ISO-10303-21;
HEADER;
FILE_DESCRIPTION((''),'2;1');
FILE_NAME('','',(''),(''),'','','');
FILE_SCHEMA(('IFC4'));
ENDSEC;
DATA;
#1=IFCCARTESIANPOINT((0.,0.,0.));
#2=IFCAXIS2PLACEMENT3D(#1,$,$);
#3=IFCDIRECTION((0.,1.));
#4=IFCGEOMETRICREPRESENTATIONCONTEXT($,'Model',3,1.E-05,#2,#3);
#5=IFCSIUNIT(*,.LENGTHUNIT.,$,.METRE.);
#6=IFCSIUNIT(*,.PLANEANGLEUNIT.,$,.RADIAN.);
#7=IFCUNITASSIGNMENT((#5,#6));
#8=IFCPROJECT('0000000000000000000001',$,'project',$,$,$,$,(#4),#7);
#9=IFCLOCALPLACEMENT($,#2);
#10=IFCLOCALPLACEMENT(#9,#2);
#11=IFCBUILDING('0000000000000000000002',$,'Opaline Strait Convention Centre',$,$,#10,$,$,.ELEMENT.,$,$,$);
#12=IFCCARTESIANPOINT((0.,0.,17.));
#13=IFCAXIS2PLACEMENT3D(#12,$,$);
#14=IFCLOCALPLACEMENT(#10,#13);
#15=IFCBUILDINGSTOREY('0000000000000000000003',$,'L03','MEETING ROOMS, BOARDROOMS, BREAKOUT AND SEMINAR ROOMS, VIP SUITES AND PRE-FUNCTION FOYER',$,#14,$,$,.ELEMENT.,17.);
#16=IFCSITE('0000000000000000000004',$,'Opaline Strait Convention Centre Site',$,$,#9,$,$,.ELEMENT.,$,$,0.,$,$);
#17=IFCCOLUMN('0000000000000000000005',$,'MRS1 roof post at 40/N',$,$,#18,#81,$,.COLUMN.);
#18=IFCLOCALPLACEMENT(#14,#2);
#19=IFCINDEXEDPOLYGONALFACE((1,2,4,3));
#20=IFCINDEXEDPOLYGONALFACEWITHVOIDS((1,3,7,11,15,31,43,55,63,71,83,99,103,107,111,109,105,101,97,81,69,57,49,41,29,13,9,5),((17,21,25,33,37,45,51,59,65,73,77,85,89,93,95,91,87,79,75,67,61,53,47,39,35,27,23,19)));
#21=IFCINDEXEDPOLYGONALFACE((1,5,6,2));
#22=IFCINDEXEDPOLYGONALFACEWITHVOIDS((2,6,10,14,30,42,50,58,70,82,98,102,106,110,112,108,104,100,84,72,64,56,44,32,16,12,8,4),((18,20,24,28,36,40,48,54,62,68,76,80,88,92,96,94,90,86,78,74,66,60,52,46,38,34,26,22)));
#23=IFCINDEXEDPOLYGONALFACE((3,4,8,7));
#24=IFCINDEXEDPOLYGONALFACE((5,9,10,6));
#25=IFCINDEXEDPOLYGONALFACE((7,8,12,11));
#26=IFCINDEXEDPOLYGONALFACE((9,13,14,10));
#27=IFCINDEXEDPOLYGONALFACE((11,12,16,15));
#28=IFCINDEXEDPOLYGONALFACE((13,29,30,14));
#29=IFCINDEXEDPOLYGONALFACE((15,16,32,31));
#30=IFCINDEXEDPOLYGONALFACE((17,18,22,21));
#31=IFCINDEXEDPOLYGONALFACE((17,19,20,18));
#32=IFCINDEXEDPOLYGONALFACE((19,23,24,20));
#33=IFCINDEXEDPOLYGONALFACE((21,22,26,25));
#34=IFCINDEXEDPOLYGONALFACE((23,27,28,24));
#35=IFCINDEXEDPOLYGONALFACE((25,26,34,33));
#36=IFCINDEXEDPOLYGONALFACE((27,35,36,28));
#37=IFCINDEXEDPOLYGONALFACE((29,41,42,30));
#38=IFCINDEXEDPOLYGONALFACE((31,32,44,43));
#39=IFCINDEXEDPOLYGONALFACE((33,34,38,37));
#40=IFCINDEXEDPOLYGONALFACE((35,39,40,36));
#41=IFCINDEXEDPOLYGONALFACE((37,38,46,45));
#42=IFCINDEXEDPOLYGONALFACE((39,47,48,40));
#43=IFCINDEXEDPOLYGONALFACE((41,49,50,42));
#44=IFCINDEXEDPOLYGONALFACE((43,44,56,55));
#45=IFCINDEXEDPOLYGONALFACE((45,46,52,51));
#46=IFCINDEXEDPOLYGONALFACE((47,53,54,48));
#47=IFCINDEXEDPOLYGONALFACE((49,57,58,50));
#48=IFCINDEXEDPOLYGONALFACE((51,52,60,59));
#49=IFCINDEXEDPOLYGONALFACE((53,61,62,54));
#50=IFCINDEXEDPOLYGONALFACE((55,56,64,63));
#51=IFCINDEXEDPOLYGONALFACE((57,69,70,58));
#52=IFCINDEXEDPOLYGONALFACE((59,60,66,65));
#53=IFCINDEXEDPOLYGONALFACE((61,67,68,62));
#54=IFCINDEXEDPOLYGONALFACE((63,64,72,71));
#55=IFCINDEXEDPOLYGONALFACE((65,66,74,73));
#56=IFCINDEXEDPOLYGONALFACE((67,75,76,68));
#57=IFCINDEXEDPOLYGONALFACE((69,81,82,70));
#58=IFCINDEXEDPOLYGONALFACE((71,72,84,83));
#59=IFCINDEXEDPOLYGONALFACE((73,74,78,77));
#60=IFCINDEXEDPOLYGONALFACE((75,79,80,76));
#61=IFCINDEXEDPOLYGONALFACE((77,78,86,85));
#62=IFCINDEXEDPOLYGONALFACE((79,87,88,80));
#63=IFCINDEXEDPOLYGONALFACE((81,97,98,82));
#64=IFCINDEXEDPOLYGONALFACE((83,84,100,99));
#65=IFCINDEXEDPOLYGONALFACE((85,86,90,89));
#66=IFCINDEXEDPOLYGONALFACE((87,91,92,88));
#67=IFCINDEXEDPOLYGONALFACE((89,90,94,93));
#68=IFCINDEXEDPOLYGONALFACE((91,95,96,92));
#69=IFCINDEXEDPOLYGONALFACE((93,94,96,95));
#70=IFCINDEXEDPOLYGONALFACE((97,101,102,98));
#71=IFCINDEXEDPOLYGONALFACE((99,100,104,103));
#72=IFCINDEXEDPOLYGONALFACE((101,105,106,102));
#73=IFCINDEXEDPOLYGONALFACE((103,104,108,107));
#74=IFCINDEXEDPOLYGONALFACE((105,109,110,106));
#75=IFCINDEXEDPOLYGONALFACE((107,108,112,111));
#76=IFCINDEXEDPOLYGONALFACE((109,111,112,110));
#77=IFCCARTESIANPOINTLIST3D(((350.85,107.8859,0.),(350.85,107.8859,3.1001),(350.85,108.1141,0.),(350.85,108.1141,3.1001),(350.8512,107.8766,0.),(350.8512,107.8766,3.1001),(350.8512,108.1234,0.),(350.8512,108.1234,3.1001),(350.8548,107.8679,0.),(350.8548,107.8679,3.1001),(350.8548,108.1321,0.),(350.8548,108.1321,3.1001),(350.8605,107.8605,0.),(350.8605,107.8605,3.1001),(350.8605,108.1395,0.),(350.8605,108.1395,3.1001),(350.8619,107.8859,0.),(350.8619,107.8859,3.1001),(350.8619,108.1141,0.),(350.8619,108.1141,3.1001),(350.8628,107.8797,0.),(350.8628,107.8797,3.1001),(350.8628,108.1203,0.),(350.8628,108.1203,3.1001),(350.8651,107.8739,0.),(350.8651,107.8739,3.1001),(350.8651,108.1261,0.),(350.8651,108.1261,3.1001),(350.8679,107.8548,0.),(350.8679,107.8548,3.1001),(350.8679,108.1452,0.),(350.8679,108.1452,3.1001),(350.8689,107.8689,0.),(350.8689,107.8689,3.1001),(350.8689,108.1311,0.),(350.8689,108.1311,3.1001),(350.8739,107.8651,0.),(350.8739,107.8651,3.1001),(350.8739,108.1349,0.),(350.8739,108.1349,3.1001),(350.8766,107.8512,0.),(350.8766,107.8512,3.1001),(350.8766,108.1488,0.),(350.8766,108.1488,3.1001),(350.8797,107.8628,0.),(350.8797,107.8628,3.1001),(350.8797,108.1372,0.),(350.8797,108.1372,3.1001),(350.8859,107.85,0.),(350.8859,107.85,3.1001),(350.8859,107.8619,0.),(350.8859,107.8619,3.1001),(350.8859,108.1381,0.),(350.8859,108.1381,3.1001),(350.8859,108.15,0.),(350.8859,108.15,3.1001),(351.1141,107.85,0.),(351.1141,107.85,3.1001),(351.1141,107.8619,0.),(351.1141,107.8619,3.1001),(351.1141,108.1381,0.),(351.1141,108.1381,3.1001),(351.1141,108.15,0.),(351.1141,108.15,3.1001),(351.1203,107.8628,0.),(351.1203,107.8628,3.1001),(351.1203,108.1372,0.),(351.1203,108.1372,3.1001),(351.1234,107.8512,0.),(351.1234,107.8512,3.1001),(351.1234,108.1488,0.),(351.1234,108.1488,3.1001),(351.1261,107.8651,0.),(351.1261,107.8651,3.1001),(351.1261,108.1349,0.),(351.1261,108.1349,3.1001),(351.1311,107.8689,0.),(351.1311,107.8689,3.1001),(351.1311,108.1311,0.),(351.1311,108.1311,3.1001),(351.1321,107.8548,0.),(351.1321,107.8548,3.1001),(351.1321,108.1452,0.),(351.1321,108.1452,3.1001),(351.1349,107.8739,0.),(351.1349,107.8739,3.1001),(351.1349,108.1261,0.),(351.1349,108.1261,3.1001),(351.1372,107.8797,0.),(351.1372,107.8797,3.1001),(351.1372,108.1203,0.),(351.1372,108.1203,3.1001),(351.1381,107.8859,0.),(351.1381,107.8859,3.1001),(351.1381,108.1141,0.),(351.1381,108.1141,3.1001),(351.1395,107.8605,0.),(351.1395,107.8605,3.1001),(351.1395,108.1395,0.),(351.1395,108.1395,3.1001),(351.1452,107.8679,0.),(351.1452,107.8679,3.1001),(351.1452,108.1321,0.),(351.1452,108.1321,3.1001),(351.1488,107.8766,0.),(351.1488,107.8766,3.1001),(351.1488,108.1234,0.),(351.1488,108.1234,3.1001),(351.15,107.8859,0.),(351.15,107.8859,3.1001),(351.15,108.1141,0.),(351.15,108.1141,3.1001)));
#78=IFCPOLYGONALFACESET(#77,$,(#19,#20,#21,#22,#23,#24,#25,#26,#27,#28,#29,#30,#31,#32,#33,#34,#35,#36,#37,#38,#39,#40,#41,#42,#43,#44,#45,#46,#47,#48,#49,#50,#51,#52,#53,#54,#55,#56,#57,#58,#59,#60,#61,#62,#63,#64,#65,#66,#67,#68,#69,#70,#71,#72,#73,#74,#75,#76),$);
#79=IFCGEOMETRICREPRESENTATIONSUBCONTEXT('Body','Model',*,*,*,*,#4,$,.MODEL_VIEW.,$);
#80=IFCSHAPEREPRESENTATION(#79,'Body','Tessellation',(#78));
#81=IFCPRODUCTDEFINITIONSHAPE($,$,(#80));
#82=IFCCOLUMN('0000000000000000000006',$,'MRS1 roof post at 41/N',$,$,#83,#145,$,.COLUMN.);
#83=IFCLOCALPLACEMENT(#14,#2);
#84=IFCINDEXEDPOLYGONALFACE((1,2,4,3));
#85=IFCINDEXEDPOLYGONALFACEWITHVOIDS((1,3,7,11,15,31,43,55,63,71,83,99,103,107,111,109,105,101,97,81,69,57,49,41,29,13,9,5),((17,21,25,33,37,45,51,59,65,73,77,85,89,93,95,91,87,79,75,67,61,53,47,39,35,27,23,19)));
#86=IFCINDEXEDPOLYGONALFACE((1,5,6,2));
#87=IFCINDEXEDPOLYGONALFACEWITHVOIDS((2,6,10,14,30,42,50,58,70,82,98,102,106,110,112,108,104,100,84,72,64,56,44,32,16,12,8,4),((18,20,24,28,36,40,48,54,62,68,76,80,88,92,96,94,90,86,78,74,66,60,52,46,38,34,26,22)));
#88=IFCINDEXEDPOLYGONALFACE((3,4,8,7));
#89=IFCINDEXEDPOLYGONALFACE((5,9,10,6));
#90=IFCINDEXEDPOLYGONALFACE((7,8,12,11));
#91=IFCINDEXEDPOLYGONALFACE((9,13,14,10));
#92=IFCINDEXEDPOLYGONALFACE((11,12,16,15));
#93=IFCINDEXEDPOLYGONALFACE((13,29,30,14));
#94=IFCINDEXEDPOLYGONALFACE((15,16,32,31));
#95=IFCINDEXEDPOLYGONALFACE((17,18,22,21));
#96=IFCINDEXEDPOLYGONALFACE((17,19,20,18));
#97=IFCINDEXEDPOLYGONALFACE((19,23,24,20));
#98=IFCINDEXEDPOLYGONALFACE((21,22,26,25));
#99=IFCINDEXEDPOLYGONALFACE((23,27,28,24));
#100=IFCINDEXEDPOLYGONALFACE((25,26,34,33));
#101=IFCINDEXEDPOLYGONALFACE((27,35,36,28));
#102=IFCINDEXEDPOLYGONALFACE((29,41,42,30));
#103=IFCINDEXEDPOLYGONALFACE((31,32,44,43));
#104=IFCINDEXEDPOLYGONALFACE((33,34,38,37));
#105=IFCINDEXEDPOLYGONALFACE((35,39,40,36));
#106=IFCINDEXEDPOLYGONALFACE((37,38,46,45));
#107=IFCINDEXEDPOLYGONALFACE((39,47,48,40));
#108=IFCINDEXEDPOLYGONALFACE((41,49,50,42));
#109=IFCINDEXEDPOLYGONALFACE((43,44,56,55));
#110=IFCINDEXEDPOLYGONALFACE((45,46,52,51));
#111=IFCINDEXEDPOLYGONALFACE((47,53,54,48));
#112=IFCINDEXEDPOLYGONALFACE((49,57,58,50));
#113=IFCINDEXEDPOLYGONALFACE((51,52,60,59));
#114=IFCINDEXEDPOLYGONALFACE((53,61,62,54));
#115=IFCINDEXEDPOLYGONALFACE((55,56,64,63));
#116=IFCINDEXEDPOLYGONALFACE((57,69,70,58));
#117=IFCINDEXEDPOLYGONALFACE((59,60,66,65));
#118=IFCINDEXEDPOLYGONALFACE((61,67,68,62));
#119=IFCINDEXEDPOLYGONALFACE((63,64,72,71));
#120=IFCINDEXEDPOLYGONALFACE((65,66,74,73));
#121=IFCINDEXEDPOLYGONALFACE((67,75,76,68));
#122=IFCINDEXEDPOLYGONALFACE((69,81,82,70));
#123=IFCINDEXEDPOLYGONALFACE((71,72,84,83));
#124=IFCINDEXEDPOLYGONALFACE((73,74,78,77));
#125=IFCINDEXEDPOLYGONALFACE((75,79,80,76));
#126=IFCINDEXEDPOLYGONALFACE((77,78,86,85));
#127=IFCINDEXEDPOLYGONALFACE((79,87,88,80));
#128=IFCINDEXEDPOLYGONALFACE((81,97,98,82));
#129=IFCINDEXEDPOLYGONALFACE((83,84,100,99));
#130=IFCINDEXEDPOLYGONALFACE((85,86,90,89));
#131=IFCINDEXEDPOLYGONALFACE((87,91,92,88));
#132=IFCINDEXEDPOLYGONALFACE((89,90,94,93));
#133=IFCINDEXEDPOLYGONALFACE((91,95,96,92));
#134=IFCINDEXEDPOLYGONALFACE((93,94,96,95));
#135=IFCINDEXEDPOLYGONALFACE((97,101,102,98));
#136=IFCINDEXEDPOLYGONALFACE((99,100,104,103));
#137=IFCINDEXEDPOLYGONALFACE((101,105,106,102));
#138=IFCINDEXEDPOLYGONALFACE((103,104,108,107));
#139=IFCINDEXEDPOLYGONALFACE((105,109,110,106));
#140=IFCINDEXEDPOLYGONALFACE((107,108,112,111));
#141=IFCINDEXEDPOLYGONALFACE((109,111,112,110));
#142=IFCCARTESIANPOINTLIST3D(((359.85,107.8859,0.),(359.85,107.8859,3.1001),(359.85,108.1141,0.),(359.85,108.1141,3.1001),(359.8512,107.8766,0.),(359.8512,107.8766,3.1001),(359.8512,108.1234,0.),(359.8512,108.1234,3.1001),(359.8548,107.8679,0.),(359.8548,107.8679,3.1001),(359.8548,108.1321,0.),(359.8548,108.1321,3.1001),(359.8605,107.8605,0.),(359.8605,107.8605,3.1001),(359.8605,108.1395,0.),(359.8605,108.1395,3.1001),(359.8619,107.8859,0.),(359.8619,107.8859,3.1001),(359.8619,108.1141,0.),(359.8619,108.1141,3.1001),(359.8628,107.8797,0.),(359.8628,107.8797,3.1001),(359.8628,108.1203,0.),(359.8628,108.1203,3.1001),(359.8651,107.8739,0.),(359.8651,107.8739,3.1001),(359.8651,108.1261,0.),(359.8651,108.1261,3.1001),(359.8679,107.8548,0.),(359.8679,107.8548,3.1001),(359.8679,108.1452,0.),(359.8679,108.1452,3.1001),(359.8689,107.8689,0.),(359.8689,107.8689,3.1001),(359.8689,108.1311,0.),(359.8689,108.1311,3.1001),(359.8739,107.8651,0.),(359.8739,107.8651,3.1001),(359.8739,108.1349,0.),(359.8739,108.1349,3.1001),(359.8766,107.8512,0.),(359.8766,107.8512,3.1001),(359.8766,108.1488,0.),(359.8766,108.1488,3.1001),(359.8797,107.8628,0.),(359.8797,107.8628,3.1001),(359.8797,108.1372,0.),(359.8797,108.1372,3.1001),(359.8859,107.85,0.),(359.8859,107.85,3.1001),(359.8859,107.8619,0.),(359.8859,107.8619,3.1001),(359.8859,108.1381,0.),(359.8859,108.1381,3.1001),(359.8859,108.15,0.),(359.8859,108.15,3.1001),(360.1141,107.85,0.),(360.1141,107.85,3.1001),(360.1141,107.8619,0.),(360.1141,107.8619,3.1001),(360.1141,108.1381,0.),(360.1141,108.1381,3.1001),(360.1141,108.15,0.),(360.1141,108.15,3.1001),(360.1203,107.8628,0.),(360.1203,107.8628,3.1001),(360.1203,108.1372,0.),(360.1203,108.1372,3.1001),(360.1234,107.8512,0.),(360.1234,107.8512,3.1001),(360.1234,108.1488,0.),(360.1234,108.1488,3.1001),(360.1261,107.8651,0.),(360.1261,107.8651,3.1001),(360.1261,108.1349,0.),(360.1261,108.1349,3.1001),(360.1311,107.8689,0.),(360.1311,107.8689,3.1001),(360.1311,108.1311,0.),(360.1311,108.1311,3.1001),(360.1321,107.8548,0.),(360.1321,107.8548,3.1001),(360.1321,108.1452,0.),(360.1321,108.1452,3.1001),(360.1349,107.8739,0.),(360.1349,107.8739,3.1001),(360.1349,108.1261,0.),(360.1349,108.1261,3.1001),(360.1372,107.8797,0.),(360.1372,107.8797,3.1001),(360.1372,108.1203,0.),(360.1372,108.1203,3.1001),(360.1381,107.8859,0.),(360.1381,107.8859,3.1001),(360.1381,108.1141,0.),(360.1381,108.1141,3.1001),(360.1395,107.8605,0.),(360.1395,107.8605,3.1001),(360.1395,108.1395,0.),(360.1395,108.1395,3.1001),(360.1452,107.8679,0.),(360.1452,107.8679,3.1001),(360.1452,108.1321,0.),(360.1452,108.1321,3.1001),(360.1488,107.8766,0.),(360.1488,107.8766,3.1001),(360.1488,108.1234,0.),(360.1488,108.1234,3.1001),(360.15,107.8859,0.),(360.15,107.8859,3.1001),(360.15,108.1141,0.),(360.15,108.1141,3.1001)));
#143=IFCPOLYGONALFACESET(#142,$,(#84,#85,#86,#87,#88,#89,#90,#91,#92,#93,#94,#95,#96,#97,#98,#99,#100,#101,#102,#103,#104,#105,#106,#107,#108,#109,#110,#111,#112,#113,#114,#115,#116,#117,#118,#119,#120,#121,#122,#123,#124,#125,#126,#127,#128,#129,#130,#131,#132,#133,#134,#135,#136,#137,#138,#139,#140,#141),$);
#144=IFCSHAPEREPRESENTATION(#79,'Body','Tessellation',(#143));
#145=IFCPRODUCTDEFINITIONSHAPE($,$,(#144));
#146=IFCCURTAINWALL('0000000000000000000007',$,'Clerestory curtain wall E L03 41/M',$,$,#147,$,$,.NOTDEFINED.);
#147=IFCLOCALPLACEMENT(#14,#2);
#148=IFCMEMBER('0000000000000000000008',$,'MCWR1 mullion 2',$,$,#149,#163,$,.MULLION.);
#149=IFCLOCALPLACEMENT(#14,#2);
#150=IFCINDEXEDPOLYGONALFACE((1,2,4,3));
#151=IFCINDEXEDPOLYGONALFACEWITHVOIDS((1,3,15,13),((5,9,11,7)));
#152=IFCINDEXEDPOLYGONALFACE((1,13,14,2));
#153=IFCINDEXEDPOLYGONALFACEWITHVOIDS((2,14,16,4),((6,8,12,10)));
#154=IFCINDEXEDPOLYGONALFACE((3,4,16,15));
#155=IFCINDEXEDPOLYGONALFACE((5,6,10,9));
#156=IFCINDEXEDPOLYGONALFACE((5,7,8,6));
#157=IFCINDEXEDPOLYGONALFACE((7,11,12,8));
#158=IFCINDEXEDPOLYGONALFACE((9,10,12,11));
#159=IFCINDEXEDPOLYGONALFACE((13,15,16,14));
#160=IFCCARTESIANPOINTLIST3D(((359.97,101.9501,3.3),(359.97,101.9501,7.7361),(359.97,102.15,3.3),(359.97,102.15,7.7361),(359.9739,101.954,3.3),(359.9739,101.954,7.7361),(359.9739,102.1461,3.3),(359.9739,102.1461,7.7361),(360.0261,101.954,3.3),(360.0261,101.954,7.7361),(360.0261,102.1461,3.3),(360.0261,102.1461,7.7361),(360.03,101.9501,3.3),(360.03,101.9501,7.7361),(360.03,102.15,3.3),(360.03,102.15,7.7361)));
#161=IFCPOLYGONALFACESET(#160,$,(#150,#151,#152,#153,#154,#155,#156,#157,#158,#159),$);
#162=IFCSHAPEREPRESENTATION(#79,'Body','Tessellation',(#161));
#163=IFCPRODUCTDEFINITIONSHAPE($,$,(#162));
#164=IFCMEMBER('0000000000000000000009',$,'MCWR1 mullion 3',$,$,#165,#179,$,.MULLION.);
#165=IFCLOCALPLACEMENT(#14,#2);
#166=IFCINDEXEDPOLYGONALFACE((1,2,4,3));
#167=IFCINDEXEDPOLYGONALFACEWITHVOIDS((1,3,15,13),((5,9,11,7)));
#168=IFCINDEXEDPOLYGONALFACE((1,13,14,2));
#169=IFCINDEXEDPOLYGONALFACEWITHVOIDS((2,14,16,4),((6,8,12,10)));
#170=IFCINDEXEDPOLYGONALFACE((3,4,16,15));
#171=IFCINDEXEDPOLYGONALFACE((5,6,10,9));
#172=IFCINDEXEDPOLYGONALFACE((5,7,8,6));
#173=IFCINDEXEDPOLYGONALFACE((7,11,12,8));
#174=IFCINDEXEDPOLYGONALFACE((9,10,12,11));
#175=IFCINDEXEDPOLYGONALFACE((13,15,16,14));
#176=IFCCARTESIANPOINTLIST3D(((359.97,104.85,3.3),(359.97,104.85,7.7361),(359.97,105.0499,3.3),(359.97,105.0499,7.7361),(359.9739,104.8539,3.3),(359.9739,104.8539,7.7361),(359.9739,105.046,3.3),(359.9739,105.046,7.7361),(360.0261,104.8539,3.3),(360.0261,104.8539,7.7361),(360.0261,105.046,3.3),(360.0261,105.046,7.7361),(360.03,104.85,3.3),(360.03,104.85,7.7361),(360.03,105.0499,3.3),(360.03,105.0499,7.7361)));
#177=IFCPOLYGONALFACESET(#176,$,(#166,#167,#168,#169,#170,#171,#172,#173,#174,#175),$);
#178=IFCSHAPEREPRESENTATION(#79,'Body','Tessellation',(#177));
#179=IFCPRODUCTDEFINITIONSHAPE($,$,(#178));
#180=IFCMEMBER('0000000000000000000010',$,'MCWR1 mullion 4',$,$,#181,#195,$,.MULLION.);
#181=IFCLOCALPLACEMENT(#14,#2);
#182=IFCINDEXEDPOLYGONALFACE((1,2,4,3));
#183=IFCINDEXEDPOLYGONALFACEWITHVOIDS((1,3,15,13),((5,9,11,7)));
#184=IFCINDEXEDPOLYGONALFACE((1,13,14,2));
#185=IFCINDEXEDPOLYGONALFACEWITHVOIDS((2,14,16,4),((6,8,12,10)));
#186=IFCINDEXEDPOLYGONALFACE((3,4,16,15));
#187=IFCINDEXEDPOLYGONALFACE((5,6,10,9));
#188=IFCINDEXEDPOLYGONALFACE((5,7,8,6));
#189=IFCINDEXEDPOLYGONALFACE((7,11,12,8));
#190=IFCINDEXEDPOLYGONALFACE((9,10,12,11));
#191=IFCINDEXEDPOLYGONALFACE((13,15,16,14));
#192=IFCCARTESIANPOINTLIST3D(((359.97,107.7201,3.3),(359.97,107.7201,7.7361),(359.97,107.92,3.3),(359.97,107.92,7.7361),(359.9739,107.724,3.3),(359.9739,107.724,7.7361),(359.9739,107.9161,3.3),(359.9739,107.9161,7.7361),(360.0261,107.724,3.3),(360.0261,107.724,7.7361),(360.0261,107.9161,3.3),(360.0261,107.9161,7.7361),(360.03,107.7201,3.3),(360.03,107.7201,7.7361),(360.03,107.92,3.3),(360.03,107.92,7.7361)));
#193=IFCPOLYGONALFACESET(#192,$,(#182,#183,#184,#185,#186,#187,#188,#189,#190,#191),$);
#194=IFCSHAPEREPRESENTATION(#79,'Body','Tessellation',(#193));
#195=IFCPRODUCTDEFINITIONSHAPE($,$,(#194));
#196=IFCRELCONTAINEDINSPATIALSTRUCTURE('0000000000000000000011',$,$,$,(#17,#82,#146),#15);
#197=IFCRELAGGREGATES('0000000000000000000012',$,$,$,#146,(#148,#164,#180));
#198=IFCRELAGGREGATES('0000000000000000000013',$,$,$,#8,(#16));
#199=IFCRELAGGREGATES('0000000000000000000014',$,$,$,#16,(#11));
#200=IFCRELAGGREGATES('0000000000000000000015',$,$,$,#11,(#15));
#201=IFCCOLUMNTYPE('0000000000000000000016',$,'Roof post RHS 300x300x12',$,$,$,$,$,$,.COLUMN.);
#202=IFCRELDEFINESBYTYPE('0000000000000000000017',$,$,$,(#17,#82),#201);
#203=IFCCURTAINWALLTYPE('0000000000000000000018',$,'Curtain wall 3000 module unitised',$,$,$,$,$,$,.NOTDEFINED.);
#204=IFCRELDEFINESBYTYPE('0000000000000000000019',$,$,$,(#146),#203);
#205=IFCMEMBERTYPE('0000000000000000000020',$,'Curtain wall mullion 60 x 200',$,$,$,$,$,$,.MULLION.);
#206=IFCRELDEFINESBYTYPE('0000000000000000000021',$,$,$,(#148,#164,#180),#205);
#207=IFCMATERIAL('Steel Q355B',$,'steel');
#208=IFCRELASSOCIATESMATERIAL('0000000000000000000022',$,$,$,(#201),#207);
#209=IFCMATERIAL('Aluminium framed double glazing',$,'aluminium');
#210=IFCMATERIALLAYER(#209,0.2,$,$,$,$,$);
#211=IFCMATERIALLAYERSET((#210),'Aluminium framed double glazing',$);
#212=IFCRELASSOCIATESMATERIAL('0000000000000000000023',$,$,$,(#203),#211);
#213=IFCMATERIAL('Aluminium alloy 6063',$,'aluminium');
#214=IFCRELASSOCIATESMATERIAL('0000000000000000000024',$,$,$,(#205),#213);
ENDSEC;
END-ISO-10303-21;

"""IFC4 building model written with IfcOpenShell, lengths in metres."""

from ifc_helpers import new_model, si_unit, direction, frame, origin, origin_2d, place, context, subcontext, project, spatial, hollow_rectangle, extrude, material, layer, layer_set, material_profile, profile_set, type_object, element, aggregate, save


model = new_model("IFC4")

# Units and contexts
model_context = context("Model", 3, precision=1e-05, world=origin(), true_north=direction((0.0, 1.0)))
body_context = subcontext(model_context, "Body", "Model", "MODEL_VIEW")
ifc_project = project(units=[si_unit("LENGTHUNIT", "METRE"), si_unit("PLANEANGLEUNIT", "RADIAN")], contexts=[model_context])

# Site, building, storey
site_placement = place(None, origin())
site = spatial("IfcSite", under=ifc_project, at=site_placement, Name="Opaline Strait Convention Centre Site", CompositionType="ELEMENT", RefElevation=0.0)
building_placement = place(site_placement, origin())
building = spatial("IfcBuilding", under=site, at=building_placement, Name="Opaline Strait Convention Centre", CompositionType="ELEMENT")
storey_placement = place(building_placement, frame((0.0, 0.0, 17.0)))
storey = spatial("IfcBuildingStorey", under=building, at=storey_placement, Name="L03", Description="MEETING ROOMS, BOARDROOMS, BREAKOUT AND SEMINAR ROOMS, VIP SUITES AND PRE-FUNCTION FOYER", CompositionType="ELEMENT", Elevation=17.0)

# Columns
ifc_material_1 = material(Name="Steel Q355B", Category="steel")
ifc_material_profile_1 = material_profile(ifc_material_1, hollow_rectangle(XDim=0.3, YDim=0.3, WallThickness=0.012, InnerFilletRadius=0.0239, OuterFilletRadius=0.0359, at=origin_2d()), Name="RHS 300x300x12")
ifc_profile_set_1 = profile_set([ifc_material_profile_1], Name="Steel Q355B")
column_type = type_object("IfcColumnType", Name="Roof post RHS 300x300x12", PredefinedType="COLUMN", material=ifc_profile_set_1)
for number, where, z_axis, x_axis, name in (
    (1, (351.0, 108.0, 0.0), (0.0, 0.0, 1.0), (1.0, 0.0, 0.0), "MRS1 roof post at 40/N"),
    (2, (360.0, 108.0, 0.0), (0.0, 0.0, 1.0), (1.0, 0.0, 0.0), "MRS1 roof post at 41/N"),
):
    element("IfcColumn", number, at=place(storey_placement, frame(where, z_axis=z_axis, x_axis=x_axis)), inside=storey, type_object=column_type, Name=name, PredefinedType="COLUMN", context=body_context, shape_type="SweptSolid", body=[
        extrude(hollow_rectangle(XDim=0.3, YDim=0.3, WallThickness=0.012, InnerFilletRadius=0.0239, OuterFilletRadius=0.0359, at=origin_2d()), origin(), (0.0, 0.0, 1.0), 3.1001),
    ])

# Curtain wall, members
ifc_material_2 = material(Name="Aluminium framed double glazing", Category="aluminium")
ifc_layer_1 = layer(ifc_material_2, 0.2)
ifc_layer_set_1 = layer_set([ifc_layer_1], Name="Aluminium framed double glazing")
curtain_wall_type = type_object("IfcCurtainWallType", Name="Curtain wall 3000 module unitised", PredefinedType="NOTDEFINED", material=ifc_layer_set_1)
curtain_wall_1_placement = place(storey_placement, origin())
curtain_wall_1 = element("IfcCurtainWall", 3, at=curtain_wall_1_placement, inside=storey, type_object=curtain_wall_type, Name="Clerestory curtain wall E L03 41/M", PredefinedType="NOTDEFINED")
ifc_material_3 = material(Name="Aluminium alloy 6063", Category="aluminium")
ifc_material_profile_2 = material_profile(ifc_material_3, hollow_rectangle(XDim=0.0601, YDim=0.2, WallThickness=0.0039, at=origin_2d()), Name="MULLION 60x200x4")
ifc_profile_set_2 = profile_set([ifc_material_profile_2], Name="Aluminium alloy 6063")
member_type_1 = type_object("IfcMemberType", Name="Curtain wall mullion 60 x 200", PredefinedType="MULLION", material=ifc_profile_set_2)
member_1_placement = place(storey_placement, frame((360.0, 102.05, 3.3), z_axis=(0.0, 0.0, 1.0), x_axis=(-1.0, 0.0, 0.0)))
member_1 = element("IfcMember", 4, at=member_1_placement, type_object=member_type_1, Name="MCWR1 mullion 2", PredefinedType="MULLION", context=body_context, shape_type="SweptSolid", body=[
    extrude(hollow_rectangle(XDim=0.0601, YDim=0.2, WallThickness=0.0039, at=origin_2d()), origin(), (0.0, 0.0, 1.0), 4.436),
])
member_2_placement = place(storey_placement, frame((360.0, 104.95, 3.3), z_axis=(0.0, 0.0, 1.0), x_axis=(-1.0, 0.0, 0.0)))
member_2 = element("IfcMember", 5, at=member_2_placement, type_object=member_type_1, Name="MCWR1 mullion 3", PredefinedType="MULLION", context=body_context, shape_type="SweptSolid", body=[
    extrude(hollow_rectangle(XDim=0.0601, YDim=0.2, WallThickness=0.0039, at=origin_2d()), origin(), (0.0, 0.0, 1.0), 4.436),
])
member_3_placement = place(storey_placement, frame((360.0, 107.8201, 3.3), z_axis=(0.0, 0.0, 1.0), x_axis=(-1.0, 0.0, 0.0)))
member_3 = element("IfcMember", 6, at=member_3_placement, type_object=member_type_1, Name="MCWR1 mullion 4", PredefinedType="MULLION", context=body_context, shape_type="SweptSolid", body=[
    extrude(hollow_rectangle(XDim=0.0601, YDim=0.2, WallThickness=0.0039, at=origin_2d()), origin(), (0.0, 0.0, 1.0), 4.436),
])

aggregate(curtain_wall_1, [member_1, member_2, member_3])

save(model, "model.ifc")
